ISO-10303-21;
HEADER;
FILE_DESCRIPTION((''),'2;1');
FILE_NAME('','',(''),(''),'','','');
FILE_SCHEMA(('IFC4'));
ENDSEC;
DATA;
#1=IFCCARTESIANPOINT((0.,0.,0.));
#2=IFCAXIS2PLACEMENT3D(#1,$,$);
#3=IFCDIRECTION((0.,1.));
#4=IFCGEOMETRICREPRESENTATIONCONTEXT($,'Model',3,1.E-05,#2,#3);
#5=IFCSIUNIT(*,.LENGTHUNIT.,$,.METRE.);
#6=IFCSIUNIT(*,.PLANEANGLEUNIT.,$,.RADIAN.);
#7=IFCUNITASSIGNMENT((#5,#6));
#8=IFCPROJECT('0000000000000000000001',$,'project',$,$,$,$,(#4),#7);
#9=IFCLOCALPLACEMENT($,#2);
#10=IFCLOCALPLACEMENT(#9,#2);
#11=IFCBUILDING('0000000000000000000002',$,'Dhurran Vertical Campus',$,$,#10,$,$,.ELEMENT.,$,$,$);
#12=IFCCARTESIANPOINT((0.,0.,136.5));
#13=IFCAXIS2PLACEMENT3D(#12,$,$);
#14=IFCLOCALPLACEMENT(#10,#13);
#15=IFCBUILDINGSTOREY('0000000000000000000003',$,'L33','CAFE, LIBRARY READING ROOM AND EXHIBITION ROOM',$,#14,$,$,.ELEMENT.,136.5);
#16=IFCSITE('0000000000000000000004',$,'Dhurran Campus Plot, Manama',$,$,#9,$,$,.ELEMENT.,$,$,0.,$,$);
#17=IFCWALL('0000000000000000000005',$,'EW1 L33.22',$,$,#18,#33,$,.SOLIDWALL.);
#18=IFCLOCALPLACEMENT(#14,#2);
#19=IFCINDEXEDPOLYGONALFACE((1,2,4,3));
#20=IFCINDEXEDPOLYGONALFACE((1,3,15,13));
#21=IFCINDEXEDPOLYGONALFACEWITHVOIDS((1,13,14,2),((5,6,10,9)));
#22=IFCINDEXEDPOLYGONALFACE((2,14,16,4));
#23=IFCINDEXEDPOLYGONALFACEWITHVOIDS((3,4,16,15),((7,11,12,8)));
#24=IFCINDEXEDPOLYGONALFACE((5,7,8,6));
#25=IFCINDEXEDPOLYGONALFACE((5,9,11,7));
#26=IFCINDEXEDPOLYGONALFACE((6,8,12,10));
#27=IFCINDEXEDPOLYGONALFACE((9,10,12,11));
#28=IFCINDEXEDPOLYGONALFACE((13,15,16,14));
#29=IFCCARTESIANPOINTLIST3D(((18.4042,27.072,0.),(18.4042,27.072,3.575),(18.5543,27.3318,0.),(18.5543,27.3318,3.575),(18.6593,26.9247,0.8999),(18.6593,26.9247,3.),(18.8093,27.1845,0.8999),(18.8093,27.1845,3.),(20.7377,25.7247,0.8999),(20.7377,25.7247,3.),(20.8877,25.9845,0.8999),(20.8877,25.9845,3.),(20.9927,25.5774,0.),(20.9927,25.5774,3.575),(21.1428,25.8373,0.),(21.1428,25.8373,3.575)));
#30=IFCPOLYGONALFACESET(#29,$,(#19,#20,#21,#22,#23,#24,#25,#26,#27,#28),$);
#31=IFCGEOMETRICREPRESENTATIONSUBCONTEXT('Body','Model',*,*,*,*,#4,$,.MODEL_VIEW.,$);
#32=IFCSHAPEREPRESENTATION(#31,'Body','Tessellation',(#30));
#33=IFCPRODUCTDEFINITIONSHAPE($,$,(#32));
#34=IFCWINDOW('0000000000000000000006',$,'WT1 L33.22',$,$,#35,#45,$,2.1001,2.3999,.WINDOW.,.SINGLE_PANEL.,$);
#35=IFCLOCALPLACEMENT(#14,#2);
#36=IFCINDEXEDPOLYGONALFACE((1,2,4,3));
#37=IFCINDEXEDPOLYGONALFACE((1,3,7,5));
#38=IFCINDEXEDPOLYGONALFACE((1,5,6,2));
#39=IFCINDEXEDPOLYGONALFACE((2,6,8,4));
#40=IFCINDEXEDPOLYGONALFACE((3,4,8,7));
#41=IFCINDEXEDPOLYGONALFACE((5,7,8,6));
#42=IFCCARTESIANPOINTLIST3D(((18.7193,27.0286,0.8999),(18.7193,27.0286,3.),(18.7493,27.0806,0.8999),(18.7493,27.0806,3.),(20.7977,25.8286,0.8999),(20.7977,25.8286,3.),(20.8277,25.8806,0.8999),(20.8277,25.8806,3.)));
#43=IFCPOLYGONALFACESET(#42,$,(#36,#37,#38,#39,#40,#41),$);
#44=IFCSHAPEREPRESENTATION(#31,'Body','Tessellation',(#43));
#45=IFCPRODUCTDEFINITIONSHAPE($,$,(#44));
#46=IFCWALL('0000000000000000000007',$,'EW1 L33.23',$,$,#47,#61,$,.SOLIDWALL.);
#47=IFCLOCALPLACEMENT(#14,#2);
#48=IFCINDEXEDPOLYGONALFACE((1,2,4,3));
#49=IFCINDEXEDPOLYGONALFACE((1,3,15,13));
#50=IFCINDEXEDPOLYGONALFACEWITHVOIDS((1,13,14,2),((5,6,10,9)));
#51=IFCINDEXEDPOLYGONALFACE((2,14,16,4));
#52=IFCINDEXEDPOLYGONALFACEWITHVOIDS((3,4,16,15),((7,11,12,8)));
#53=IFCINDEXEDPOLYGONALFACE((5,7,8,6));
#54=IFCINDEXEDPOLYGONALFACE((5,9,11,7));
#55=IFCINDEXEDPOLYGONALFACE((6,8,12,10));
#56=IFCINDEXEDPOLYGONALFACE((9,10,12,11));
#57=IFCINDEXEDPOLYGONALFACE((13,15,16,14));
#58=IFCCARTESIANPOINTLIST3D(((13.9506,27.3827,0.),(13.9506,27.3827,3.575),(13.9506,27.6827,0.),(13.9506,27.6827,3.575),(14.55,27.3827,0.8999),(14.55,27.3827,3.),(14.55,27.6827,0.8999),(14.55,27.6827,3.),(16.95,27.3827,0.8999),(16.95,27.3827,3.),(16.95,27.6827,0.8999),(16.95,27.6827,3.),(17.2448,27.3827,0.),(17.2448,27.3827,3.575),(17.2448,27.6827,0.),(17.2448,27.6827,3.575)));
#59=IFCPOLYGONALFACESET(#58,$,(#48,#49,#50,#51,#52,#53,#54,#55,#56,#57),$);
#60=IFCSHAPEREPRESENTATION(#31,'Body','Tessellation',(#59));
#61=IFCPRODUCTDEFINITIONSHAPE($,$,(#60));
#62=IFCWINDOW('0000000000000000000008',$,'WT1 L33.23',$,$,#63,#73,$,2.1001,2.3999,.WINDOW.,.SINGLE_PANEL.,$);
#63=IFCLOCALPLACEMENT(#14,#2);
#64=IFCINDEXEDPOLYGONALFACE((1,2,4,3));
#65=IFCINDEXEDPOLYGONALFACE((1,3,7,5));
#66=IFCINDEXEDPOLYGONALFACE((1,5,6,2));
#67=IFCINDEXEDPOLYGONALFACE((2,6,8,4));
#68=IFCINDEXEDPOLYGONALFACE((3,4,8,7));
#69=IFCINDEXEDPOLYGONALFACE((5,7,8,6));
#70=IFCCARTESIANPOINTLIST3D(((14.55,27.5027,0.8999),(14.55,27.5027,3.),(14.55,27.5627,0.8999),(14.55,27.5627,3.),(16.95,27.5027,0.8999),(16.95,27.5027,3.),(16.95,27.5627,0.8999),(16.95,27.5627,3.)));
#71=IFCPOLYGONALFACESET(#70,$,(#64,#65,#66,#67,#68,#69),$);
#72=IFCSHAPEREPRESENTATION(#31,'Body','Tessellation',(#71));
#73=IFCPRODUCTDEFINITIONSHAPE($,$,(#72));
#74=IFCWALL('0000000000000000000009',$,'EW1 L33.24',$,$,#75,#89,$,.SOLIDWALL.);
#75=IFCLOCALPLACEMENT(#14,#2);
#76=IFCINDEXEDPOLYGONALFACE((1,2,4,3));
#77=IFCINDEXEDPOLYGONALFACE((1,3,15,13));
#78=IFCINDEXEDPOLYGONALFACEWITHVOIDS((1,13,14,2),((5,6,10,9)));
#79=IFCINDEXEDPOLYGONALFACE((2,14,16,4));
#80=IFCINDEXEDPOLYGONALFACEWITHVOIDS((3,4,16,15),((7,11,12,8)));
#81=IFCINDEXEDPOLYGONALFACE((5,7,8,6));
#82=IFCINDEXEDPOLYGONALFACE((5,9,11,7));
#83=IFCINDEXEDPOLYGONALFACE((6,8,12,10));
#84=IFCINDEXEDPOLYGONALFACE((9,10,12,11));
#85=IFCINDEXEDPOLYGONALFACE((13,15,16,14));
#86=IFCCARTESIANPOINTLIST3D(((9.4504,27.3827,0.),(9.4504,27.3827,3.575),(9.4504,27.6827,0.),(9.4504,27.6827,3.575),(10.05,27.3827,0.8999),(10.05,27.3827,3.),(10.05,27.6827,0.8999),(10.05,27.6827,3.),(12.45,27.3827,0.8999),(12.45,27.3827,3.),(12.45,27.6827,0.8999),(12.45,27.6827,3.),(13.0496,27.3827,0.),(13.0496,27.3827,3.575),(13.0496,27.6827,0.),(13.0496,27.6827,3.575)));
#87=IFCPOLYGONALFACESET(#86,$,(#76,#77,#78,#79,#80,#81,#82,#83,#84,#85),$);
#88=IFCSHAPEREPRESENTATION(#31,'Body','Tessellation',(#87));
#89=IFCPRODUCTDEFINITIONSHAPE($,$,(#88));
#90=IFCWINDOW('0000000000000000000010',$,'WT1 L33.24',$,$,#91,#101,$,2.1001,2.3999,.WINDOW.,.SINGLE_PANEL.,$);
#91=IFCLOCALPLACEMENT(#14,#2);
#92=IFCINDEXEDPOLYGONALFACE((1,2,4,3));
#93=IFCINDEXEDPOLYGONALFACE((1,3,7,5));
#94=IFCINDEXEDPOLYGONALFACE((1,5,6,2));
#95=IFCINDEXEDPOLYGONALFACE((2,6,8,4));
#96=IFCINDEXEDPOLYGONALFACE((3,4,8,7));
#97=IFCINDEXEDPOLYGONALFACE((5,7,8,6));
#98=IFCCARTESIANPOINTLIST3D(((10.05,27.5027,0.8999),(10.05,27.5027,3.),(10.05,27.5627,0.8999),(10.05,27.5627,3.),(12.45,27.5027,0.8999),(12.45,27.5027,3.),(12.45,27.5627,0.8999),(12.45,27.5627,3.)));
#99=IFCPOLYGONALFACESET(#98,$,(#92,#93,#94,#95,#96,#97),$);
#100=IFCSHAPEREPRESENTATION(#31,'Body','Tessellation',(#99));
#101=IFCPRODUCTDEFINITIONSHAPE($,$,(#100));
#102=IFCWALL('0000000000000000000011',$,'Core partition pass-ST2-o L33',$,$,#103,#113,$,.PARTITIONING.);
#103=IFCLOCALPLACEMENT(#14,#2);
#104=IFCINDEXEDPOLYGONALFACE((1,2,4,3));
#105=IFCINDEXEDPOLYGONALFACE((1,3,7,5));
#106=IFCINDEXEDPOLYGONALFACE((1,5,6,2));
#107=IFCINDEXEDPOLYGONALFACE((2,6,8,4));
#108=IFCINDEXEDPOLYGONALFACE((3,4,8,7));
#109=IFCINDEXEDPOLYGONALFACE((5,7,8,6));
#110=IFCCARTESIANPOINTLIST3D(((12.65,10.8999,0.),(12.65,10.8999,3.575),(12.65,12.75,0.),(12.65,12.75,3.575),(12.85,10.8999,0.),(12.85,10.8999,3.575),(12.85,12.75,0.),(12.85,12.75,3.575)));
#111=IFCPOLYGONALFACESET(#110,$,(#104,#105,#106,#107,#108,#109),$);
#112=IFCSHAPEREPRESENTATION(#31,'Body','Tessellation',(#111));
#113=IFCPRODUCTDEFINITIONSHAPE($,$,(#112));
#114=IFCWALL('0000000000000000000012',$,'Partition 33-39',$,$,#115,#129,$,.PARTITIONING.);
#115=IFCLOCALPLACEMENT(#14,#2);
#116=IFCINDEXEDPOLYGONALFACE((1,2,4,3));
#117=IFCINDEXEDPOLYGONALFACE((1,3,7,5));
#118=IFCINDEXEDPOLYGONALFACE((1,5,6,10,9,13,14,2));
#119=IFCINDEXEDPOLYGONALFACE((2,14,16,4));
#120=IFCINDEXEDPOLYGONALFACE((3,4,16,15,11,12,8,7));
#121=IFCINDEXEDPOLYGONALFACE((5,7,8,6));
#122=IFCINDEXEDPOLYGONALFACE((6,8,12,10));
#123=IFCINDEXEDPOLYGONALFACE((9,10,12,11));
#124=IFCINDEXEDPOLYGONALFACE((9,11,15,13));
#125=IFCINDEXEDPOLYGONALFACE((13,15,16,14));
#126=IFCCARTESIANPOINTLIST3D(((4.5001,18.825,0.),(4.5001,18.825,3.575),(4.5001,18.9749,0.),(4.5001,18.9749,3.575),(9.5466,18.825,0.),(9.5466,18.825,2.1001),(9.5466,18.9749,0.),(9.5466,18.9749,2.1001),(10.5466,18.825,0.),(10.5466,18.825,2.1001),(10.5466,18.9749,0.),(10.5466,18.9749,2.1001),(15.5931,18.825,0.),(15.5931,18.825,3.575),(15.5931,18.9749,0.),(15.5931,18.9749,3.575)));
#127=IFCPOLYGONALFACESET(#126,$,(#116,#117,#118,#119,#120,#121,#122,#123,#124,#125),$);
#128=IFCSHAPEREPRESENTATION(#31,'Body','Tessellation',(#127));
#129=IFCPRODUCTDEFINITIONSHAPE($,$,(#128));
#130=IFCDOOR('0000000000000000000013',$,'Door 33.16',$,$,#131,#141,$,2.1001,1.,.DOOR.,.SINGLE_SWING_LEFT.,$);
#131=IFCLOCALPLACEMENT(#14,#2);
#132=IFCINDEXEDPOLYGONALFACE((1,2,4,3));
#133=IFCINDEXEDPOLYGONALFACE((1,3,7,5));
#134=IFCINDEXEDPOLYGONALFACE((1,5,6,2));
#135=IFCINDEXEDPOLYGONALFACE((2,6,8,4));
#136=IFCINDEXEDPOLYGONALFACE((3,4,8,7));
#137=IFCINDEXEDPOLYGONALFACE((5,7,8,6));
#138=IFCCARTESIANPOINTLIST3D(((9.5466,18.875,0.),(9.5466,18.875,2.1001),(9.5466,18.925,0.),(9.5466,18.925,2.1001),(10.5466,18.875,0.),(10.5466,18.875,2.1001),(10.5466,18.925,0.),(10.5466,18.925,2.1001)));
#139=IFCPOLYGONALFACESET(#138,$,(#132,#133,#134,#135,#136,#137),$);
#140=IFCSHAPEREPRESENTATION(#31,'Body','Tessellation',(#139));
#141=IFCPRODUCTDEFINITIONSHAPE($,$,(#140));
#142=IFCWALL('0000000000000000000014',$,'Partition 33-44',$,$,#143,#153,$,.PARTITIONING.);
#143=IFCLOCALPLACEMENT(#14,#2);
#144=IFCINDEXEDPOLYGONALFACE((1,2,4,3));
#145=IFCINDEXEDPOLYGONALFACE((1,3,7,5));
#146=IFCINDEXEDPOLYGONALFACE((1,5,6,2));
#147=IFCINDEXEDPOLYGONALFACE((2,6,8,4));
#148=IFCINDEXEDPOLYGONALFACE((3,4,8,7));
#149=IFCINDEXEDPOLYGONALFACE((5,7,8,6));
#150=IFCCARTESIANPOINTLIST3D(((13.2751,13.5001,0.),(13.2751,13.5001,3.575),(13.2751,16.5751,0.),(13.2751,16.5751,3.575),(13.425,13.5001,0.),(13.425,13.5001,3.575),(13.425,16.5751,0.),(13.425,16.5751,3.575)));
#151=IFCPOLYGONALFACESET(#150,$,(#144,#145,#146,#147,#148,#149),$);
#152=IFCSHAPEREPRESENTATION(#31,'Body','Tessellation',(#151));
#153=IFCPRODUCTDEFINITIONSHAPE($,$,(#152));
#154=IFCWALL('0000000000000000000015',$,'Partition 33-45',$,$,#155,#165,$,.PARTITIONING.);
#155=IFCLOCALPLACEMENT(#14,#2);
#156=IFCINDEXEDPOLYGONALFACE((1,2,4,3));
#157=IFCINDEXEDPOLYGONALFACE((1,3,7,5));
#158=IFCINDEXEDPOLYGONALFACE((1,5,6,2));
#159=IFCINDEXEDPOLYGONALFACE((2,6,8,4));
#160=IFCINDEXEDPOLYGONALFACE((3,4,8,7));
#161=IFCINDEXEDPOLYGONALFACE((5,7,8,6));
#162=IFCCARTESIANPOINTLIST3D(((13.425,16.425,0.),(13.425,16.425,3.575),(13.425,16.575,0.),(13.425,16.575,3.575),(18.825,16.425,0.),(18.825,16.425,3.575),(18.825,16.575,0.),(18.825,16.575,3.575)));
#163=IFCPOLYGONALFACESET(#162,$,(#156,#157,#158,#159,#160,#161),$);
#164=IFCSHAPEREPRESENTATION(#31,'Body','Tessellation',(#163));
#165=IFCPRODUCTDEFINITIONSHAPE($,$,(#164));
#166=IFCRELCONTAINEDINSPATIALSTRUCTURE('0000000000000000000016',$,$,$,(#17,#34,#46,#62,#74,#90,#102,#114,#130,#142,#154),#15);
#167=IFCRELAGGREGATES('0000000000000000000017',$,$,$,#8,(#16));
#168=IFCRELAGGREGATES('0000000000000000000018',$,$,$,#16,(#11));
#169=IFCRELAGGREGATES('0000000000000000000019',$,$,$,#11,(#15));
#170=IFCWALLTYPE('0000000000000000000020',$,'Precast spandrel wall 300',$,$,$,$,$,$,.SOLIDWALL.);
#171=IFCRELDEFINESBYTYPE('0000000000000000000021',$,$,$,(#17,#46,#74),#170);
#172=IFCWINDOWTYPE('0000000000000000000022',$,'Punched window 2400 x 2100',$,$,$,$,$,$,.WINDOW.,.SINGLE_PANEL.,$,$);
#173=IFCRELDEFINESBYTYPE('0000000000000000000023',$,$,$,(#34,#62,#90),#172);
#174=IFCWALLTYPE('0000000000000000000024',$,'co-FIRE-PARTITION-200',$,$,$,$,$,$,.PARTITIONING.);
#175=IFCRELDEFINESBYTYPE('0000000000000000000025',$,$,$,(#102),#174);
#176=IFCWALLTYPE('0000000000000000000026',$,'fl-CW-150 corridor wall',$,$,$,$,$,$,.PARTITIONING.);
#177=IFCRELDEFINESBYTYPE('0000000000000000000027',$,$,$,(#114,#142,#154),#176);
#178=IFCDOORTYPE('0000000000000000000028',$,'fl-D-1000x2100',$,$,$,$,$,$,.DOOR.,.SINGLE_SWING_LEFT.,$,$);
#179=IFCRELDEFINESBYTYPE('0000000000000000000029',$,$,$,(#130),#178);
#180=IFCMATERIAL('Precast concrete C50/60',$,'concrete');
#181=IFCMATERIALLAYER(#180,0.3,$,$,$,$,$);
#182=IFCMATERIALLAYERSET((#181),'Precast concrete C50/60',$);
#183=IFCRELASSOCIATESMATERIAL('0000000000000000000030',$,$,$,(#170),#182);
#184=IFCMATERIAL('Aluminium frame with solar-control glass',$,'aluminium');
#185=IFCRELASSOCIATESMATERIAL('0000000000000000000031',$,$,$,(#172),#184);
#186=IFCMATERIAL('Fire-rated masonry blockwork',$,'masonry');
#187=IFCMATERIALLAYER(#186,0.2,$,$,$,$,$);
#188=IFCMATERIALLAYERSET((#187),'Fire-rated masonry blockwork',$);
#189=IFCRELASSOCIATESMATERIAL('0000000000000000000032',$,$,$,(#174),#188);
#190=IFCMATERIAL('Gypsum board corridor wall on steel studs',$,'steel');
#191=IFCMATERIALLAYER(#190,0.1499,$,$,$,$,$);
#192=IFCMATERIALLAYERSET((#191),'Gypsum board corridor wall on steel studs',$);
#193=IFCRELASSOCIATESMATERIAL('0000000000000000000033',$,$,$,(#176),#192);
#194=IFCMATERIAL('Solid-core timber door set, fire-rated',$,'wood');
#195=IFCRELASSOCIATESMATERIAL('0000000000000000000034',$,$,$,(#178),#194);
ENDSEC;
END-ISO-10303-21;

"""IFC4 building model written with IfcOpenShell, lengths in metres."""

from ifc_helpers import new_model, si_unit, direction, frame, frame_2d, origin, place, context, subcontext, project, spatial, rectangle, extrude, material, layer, layer_set, type_object, element, fill, save


model = new_model("IFC4")

# Units and contexts
model_context = context("Model", 3, precision=1e-05, world=origin(), true_north=direction((0.0, 1.0)))
body_context = subcontext(model_context, "Body", "Model", "MODEL_VIEW")
ifc_project = project(units=[si_unit("LENGTHUNIT", "METRE"), si_unit("PLANEANGLEUNIT", "RADIAN")], contexts=[model_context])

# Site, building, storey
site_placement = place(None, origin())
site = spatial("IfcSite", under=ifc_project, at=site_placement, Name="Dhurran Campus Plot, Manama", CompositionType="ELEMENT", RefElevation=0.0)
building_placement = place(site_placement, origin())
building = spatial("IfcBuilding", under=site, at=building_placement, Name="Dhurran Vertical Campus", CompositionType="ELEMENT")
storey_placement = place(building_placement, frame((0.0, 0.0, 136.5)))
storey = spatial("IfcBuildingStorey", under=building, at=storey_placement, Name="L33", Description="CAFE, LIBRARY READING ROOM AND EXHIBITION ROOM", CompositionType="ELEMENT", Elevation=136.5)

# Walls, openings, windows
ifc_material_1 = material(Name="Precast concrete C50/60", Category="concrete")
ifc_layer_1 = layer(ifc_material_1, 0.3)
ifc_layer_set_1 = layer_set([ifc_layer_1], Name="Precast concrete C50/60")
wall_type_1 = type_object("IfcWallType", Name="Precast spandrel wall 300", PredefinedType="SOLIDWALL", material=ifc_layer_set_1)
ifc_material_2 = material(Name="Aluminium frame with solar-control glass", Category="aluminium")
window_type = type_object("IfcWindowType", Name="Punched window 2400 x 2100", PartitioningType="SINGLE_PANEL", PredefinedType="WINDOW", material=ifc_material_2)
wall_1_placement = place(storey_placement, frame((21.0679, 25.7073, 0.0), z_axis=(0.0, 0.0, 1.0), x_axis=(-0.866013, 0.500022, 0.0)))
wall_1 = element("IfcWall", 1, at=wall_1_placement, inside=storey, type_object=wall_type_1, Name="EW1 L33.22", PredefinedType="SOLIDWALL", context=body_context, shape_type="SweptSolid", body=[
    extrude(rectangle(XDim=2.989, YDim=0.3, at=frame_2d((1.4946, 0.0))), origin(), (0.0, 0.0, 1.0), 3.575),
])
opening_1_placement = place(wall_1_placement, frame((0.2947, 0.0, 0.8999)))
opening_1 = element("IfcOpeningElement", 2, at=opening_1_placement, cuts=wall_1, PredefinedType="OPENING", context=body_context, shape_type="SweptSolid", body=[
    extrude(rectangle(XDim=2.3999, YDim=2.1001, at=frame_2d((1.2, 1.05))), frame((0.0, 0.1599, 0.0), z_axis=(0.0, -1.0, 0.0), x_axis=(1.0, 0.0, 0.0)), (0.0, 0.0, 1.0), 0.3201),
])
window_1_placement = place(opening_1_placement, origin())
window_1 = element("IfcWindow", 3, at=window_1_placement, inside=storey, type_object=window_type, Name="WT1 L33.22", OverallHeight=2.1001, OverallWidth=2.3999, PartitioningType="SINGLE_PANEL", PredefinedType="WINDOW", context=body_context, shape_type="SweptSolid", body=[
    extrude(rectangle(XDim=2.3999, YDim=2.1001, at=frame_2d((1.2, 1.05))), frame((0.0, 0.03, 0.0), z_axis=(0.0, -1.0, 0.0), x_axis=(1.0, 0.0, 0.0)), (0.0, 0.0, 1.0), 0.0601),
])
fill(opening_1, window_1)
wall_2_placement = place(storey_placement, frame((17.2446, 27.5327, 0.0), z_axis=(0.0, 0.0, 1.0), x_axis=(-1.0, 0.0, 0.0)))
wall_2 = element("IfcWall", 4, at=wall_2_placement, inside=storey, type_object=wall_type_1, Name="EW1 L33.23", PredefinedType="SOLIDWALL", context=body_context, shape_type="SweptSolid", body=[
    extrude(rectangle(XDim=3.2942, YDim=0.3, at=frame_2d((1.647, 0.0))), origin(), (0.0, 0.0, 1.0), 3.575),
])
opening_2_placement = place(wall_2_placement, frame((0.2947, 0.0, 0.8999)))
opening_2 = element("IfcOpeningElement", 5, at=opening_2_placement, cuts=wall_2, PredefinedType="OPENING", context=body_context, shape_type="SweptSolid", body=[
    extrude(rectangle(XDim=2.3999, YDim=2.1001, at=frame_2d((1.2, 1.05))), frame((0.0, 0.1599, 0.0), z_axis=(0.0, -1.0, 0.0), x_axis=(1.0, 0.0, 0.0)), (0.0, 0.0, 1.0), 0.3201),
])
window_2_placement = place(opening_2_placement, origin())
window_2 = element("IfcWindow", 6, at=window_2_placement, inside=storey, type_object=window_type, Name="WT1 L33.23", OverallHeight=2.1001, OverallWidth=2.3999, PartitioningType="SINGLE_PANEL", PredefinedType="WINDOW", context=body_context, shape_type="SweptSolid", body=[
    extrude(rectangle(XDim=2.3999, YDim=2.1001, at=frame_2d((1.2, 1.05))), frame((0.0, 0.03, 0.0), z_axis=(0.0, -1.0, 0.0), x_axis=(1.0, 0.0, 0.0)), (0.0, 0.0, 1.0), 0.0601),
])
fill(opening_2, window_2)
wall_3_placement = place(storey_placement, frame((13.0496, 27.5327, 0.0), z_axis=(0.0, 0.0, 1.0), x_axis=(-1.0, 0.0, 0.0)))
wall_3 = element("IfcWall", 7, at=wall_3_placement, inside=storey, type_object=wall_type_1, Name="EW1 L33.24", PredefinedType="SOLIDWALL", context=body_context, shape_type="SweptSolid", body=[
    extrude(rectangle(XDim=3.5991, YDim=0.3, at=frame_2d((1.7996, 0.0))), origin(), (0.0, 0.0, 1.0), 3.575),
])
opening_3_placement = place(wall_3_placement, frame((0.5996, 0.0, 0.8999)))
opening_3 = element("IfcOpeningElement", 8, at=opening_3_placement, cuts=wall_3, PredefinedType="OPENING", context=body_context, shape_type="SweptSolid", body=[
    extrude(rectangle(XDim=2.3999, YDim=2.1001, at=frame_2d((1.2, 1.05))), frame((0.0, 0.1599, 0.0), z_axis=(0.0, -1.0, 0.0), x_axis=(1.0, 0.0, 0.0)), (0.0, 0.0, 1.0), 0.3201),
])
window_3_placement = place(opening_3_placement, origin())
window_3 = element("IfcWindow", 9, at=window_3_placement, inside=storey, type_object=window_type, Name="WT1 L33.24", OverallHeight=2.1001, OverallWidth=2.3999, PartitioningType="SINGLE_PANEL", PredefinedType="WINDOW", context=body_context, shape_type="SweptSolid", body=[
    extrude(rectangle(XDim=2.3999, YDim=2.1001, at=frame_2d((1.2, 1.05))), frame((0.0, 0.03, 0.0), z_axis=(0.0, -1.0, 0.0), x_axis=(1.0, 0.0, 0.0)), (0.0, 0.0, 1.0), 0.0601),
])
fill(opening_3, window_3)

# Wall
ifc_material_3 = material(Name="Fire-rated masonry blockwork", Category="masonry")
ifc_layer_2 = layer(ifc_material_3, 0.2)
ifc_layer_set_2 = layer_set([ifc_layer_2], Name="Fire-rated masonry blockwork")
wall_type_2 = type_object("IfcWallType", Name="co-FIRE-PARTITION-200", PredefinedType="PARTITIONING", material=ifc_layer_set_2)
wall_4_placement = place(storey_placement, frame((12.75, 10.8999, 0.0), z_axis=(0.0, 0.0, 1.0), x_axis=(0.0, 1.0, 0.0)))
element("IfcWall", 10, at=wall_4_placement, inside=storey, type_object=wall_type_2, Name="Core partition pass-ST2-o L33", PredefinedType="PARTITIONING", context=body_context, shape_type="SweptSolid", body=[
    extrude(rectangle(XDim=1.8501, YDim=0.2, at=frame_2d((0.925, 0.0))), origin(), (0.0, 0.0, 1.0), 3.575),
])

# Wall, opening, door
ifc_material_4 = material(Name="Gypsum board corridor wall on steel studs", Category="steel")
ifc_layer_3 = layer(ifc_material_4, 0.1499)
ifc_layer_set_3 = layer_set([ifc_layer_3], Name="Gypsum board corridor wall on steel studs")
wall_type_3 = type_object("IfcWallType", Name="fl-CW-150 corridor wall", PredefinedType="PARTITIONING", material=ifc_layer_set_3)
wall_5_placement = place(storey_placement, frame((15.593, 18.8999, 0.0), z_axis=(0.0, 0.0, 1.0), x_axis=(-1.0, 0.0, 0.0)))
wall_5 = element("IfcWall", 11, at=wall_5_placement, inside=storey, type_object=wall_type_3, Name="Partition 33-39", PredefinedType="PARTITIONING", context=body_context, shape_type="SweptSolid", body=[
    extrude(rectangle(XDim=11.093, YDim=0.1499, at=frame_2d((5.5464, 0.0))), origin(), (0.0, 0.0, 1.0), 3.575),
])
opening_4_placement = place(wall_5_placement, frame((5.0464, 0.0, 0.0)))
opening_4 = element("IfcOpeningElement", 12, at=opening_4_placement, cuts=wall_5, PredefinedType="OPENING", context=body_context, shape_type="SweptSolid", body=[
    extrude(rectangle(XDim=1.0, YDim=2.1001, at=frame_2d((0.5, 1.05))), frame((0.0, 0.085, 0.0), z_axis=(0.0, -1.0, 0.0), x_axis=(1.0, 0.0, 0.0)), (0.0, 0.0, 1.0), 0.1699),
])
ifc_material_5 = material(Name="Solid-core timber door set, fire-rated", Category="wood")
door_type = type_object("IfcDoorType", Name="fl-D-1000x2100", OperationType="SINGLE_SWING_LEFT", PredefinedType="DOOR", material=ifc_material_5)
door_1_placement = place(opening_4_placement, origin())
door_1 = element("IfcDoor", 13, at=door_1_placement, inside=storey, type_object=door_type, Name="Door 33.16", OperationType="SINGLE_SWING_LEFT", OverallHeight=2.1001, OverallWidth=1.0, PredefinedType="DOOR", context=body_context, shape_type="SweptSolid", body=[
    extrude(rectangle(XDim=1.0, YDim=2.1001, at=frame_2d((0.5, 1.05))), frame((0.0, 0.0249, 0.0), z_axis=(0.0, -1.0, 0.0), x_axis=(1.0, 0.0, 0.0)), (0.0, 0.0, 1.0), 0.05),
])
fill(opening_4, door_1)

# Walls
wall_6_placement = place(storey_placement, frame((13.3501, 13.5, 0.0), z_axis=(0.0, 0.0, 1.0), x_axis=(0.0, 1.0, 0.0)))
element("IfcWall", 14, at=wall_6_placement, inside=storey, type_object=wall_type_3, Name="Partition 33-44", PredefinedType="PARTITIONING", context=body_context, shape_type="SweptSolid", body=[
    extrude(rectangle(XDim=3.075, YDim=0.1499, at=frame_2d((1.5376, 0.0))), origin(), (0.0, 0.0, 1.0), 3.575),
])
wall_7_placement = place(storey_placement, frame((13.425, 16.5, 0.0), z_axis=(0.0, 0.0, 1.0), x_axis=(1.0, 0.0, 0.0)))
element("IfcWall", 15, at=wall_7_placement, inside=storey, type_object=wall_type_3, Name="Partition 33-45", PredefinedType="PARTITIONING", context=body_context, shape_type="SweptSolid", body=[
    extrude(rectangle(XDim=5.3999, YDim=0.1499, at=frame_2d((2.7, 0.0))), origin(), (0.0, 0.0, 1.0), 3.575),
])

save(model, "model.ifc")
